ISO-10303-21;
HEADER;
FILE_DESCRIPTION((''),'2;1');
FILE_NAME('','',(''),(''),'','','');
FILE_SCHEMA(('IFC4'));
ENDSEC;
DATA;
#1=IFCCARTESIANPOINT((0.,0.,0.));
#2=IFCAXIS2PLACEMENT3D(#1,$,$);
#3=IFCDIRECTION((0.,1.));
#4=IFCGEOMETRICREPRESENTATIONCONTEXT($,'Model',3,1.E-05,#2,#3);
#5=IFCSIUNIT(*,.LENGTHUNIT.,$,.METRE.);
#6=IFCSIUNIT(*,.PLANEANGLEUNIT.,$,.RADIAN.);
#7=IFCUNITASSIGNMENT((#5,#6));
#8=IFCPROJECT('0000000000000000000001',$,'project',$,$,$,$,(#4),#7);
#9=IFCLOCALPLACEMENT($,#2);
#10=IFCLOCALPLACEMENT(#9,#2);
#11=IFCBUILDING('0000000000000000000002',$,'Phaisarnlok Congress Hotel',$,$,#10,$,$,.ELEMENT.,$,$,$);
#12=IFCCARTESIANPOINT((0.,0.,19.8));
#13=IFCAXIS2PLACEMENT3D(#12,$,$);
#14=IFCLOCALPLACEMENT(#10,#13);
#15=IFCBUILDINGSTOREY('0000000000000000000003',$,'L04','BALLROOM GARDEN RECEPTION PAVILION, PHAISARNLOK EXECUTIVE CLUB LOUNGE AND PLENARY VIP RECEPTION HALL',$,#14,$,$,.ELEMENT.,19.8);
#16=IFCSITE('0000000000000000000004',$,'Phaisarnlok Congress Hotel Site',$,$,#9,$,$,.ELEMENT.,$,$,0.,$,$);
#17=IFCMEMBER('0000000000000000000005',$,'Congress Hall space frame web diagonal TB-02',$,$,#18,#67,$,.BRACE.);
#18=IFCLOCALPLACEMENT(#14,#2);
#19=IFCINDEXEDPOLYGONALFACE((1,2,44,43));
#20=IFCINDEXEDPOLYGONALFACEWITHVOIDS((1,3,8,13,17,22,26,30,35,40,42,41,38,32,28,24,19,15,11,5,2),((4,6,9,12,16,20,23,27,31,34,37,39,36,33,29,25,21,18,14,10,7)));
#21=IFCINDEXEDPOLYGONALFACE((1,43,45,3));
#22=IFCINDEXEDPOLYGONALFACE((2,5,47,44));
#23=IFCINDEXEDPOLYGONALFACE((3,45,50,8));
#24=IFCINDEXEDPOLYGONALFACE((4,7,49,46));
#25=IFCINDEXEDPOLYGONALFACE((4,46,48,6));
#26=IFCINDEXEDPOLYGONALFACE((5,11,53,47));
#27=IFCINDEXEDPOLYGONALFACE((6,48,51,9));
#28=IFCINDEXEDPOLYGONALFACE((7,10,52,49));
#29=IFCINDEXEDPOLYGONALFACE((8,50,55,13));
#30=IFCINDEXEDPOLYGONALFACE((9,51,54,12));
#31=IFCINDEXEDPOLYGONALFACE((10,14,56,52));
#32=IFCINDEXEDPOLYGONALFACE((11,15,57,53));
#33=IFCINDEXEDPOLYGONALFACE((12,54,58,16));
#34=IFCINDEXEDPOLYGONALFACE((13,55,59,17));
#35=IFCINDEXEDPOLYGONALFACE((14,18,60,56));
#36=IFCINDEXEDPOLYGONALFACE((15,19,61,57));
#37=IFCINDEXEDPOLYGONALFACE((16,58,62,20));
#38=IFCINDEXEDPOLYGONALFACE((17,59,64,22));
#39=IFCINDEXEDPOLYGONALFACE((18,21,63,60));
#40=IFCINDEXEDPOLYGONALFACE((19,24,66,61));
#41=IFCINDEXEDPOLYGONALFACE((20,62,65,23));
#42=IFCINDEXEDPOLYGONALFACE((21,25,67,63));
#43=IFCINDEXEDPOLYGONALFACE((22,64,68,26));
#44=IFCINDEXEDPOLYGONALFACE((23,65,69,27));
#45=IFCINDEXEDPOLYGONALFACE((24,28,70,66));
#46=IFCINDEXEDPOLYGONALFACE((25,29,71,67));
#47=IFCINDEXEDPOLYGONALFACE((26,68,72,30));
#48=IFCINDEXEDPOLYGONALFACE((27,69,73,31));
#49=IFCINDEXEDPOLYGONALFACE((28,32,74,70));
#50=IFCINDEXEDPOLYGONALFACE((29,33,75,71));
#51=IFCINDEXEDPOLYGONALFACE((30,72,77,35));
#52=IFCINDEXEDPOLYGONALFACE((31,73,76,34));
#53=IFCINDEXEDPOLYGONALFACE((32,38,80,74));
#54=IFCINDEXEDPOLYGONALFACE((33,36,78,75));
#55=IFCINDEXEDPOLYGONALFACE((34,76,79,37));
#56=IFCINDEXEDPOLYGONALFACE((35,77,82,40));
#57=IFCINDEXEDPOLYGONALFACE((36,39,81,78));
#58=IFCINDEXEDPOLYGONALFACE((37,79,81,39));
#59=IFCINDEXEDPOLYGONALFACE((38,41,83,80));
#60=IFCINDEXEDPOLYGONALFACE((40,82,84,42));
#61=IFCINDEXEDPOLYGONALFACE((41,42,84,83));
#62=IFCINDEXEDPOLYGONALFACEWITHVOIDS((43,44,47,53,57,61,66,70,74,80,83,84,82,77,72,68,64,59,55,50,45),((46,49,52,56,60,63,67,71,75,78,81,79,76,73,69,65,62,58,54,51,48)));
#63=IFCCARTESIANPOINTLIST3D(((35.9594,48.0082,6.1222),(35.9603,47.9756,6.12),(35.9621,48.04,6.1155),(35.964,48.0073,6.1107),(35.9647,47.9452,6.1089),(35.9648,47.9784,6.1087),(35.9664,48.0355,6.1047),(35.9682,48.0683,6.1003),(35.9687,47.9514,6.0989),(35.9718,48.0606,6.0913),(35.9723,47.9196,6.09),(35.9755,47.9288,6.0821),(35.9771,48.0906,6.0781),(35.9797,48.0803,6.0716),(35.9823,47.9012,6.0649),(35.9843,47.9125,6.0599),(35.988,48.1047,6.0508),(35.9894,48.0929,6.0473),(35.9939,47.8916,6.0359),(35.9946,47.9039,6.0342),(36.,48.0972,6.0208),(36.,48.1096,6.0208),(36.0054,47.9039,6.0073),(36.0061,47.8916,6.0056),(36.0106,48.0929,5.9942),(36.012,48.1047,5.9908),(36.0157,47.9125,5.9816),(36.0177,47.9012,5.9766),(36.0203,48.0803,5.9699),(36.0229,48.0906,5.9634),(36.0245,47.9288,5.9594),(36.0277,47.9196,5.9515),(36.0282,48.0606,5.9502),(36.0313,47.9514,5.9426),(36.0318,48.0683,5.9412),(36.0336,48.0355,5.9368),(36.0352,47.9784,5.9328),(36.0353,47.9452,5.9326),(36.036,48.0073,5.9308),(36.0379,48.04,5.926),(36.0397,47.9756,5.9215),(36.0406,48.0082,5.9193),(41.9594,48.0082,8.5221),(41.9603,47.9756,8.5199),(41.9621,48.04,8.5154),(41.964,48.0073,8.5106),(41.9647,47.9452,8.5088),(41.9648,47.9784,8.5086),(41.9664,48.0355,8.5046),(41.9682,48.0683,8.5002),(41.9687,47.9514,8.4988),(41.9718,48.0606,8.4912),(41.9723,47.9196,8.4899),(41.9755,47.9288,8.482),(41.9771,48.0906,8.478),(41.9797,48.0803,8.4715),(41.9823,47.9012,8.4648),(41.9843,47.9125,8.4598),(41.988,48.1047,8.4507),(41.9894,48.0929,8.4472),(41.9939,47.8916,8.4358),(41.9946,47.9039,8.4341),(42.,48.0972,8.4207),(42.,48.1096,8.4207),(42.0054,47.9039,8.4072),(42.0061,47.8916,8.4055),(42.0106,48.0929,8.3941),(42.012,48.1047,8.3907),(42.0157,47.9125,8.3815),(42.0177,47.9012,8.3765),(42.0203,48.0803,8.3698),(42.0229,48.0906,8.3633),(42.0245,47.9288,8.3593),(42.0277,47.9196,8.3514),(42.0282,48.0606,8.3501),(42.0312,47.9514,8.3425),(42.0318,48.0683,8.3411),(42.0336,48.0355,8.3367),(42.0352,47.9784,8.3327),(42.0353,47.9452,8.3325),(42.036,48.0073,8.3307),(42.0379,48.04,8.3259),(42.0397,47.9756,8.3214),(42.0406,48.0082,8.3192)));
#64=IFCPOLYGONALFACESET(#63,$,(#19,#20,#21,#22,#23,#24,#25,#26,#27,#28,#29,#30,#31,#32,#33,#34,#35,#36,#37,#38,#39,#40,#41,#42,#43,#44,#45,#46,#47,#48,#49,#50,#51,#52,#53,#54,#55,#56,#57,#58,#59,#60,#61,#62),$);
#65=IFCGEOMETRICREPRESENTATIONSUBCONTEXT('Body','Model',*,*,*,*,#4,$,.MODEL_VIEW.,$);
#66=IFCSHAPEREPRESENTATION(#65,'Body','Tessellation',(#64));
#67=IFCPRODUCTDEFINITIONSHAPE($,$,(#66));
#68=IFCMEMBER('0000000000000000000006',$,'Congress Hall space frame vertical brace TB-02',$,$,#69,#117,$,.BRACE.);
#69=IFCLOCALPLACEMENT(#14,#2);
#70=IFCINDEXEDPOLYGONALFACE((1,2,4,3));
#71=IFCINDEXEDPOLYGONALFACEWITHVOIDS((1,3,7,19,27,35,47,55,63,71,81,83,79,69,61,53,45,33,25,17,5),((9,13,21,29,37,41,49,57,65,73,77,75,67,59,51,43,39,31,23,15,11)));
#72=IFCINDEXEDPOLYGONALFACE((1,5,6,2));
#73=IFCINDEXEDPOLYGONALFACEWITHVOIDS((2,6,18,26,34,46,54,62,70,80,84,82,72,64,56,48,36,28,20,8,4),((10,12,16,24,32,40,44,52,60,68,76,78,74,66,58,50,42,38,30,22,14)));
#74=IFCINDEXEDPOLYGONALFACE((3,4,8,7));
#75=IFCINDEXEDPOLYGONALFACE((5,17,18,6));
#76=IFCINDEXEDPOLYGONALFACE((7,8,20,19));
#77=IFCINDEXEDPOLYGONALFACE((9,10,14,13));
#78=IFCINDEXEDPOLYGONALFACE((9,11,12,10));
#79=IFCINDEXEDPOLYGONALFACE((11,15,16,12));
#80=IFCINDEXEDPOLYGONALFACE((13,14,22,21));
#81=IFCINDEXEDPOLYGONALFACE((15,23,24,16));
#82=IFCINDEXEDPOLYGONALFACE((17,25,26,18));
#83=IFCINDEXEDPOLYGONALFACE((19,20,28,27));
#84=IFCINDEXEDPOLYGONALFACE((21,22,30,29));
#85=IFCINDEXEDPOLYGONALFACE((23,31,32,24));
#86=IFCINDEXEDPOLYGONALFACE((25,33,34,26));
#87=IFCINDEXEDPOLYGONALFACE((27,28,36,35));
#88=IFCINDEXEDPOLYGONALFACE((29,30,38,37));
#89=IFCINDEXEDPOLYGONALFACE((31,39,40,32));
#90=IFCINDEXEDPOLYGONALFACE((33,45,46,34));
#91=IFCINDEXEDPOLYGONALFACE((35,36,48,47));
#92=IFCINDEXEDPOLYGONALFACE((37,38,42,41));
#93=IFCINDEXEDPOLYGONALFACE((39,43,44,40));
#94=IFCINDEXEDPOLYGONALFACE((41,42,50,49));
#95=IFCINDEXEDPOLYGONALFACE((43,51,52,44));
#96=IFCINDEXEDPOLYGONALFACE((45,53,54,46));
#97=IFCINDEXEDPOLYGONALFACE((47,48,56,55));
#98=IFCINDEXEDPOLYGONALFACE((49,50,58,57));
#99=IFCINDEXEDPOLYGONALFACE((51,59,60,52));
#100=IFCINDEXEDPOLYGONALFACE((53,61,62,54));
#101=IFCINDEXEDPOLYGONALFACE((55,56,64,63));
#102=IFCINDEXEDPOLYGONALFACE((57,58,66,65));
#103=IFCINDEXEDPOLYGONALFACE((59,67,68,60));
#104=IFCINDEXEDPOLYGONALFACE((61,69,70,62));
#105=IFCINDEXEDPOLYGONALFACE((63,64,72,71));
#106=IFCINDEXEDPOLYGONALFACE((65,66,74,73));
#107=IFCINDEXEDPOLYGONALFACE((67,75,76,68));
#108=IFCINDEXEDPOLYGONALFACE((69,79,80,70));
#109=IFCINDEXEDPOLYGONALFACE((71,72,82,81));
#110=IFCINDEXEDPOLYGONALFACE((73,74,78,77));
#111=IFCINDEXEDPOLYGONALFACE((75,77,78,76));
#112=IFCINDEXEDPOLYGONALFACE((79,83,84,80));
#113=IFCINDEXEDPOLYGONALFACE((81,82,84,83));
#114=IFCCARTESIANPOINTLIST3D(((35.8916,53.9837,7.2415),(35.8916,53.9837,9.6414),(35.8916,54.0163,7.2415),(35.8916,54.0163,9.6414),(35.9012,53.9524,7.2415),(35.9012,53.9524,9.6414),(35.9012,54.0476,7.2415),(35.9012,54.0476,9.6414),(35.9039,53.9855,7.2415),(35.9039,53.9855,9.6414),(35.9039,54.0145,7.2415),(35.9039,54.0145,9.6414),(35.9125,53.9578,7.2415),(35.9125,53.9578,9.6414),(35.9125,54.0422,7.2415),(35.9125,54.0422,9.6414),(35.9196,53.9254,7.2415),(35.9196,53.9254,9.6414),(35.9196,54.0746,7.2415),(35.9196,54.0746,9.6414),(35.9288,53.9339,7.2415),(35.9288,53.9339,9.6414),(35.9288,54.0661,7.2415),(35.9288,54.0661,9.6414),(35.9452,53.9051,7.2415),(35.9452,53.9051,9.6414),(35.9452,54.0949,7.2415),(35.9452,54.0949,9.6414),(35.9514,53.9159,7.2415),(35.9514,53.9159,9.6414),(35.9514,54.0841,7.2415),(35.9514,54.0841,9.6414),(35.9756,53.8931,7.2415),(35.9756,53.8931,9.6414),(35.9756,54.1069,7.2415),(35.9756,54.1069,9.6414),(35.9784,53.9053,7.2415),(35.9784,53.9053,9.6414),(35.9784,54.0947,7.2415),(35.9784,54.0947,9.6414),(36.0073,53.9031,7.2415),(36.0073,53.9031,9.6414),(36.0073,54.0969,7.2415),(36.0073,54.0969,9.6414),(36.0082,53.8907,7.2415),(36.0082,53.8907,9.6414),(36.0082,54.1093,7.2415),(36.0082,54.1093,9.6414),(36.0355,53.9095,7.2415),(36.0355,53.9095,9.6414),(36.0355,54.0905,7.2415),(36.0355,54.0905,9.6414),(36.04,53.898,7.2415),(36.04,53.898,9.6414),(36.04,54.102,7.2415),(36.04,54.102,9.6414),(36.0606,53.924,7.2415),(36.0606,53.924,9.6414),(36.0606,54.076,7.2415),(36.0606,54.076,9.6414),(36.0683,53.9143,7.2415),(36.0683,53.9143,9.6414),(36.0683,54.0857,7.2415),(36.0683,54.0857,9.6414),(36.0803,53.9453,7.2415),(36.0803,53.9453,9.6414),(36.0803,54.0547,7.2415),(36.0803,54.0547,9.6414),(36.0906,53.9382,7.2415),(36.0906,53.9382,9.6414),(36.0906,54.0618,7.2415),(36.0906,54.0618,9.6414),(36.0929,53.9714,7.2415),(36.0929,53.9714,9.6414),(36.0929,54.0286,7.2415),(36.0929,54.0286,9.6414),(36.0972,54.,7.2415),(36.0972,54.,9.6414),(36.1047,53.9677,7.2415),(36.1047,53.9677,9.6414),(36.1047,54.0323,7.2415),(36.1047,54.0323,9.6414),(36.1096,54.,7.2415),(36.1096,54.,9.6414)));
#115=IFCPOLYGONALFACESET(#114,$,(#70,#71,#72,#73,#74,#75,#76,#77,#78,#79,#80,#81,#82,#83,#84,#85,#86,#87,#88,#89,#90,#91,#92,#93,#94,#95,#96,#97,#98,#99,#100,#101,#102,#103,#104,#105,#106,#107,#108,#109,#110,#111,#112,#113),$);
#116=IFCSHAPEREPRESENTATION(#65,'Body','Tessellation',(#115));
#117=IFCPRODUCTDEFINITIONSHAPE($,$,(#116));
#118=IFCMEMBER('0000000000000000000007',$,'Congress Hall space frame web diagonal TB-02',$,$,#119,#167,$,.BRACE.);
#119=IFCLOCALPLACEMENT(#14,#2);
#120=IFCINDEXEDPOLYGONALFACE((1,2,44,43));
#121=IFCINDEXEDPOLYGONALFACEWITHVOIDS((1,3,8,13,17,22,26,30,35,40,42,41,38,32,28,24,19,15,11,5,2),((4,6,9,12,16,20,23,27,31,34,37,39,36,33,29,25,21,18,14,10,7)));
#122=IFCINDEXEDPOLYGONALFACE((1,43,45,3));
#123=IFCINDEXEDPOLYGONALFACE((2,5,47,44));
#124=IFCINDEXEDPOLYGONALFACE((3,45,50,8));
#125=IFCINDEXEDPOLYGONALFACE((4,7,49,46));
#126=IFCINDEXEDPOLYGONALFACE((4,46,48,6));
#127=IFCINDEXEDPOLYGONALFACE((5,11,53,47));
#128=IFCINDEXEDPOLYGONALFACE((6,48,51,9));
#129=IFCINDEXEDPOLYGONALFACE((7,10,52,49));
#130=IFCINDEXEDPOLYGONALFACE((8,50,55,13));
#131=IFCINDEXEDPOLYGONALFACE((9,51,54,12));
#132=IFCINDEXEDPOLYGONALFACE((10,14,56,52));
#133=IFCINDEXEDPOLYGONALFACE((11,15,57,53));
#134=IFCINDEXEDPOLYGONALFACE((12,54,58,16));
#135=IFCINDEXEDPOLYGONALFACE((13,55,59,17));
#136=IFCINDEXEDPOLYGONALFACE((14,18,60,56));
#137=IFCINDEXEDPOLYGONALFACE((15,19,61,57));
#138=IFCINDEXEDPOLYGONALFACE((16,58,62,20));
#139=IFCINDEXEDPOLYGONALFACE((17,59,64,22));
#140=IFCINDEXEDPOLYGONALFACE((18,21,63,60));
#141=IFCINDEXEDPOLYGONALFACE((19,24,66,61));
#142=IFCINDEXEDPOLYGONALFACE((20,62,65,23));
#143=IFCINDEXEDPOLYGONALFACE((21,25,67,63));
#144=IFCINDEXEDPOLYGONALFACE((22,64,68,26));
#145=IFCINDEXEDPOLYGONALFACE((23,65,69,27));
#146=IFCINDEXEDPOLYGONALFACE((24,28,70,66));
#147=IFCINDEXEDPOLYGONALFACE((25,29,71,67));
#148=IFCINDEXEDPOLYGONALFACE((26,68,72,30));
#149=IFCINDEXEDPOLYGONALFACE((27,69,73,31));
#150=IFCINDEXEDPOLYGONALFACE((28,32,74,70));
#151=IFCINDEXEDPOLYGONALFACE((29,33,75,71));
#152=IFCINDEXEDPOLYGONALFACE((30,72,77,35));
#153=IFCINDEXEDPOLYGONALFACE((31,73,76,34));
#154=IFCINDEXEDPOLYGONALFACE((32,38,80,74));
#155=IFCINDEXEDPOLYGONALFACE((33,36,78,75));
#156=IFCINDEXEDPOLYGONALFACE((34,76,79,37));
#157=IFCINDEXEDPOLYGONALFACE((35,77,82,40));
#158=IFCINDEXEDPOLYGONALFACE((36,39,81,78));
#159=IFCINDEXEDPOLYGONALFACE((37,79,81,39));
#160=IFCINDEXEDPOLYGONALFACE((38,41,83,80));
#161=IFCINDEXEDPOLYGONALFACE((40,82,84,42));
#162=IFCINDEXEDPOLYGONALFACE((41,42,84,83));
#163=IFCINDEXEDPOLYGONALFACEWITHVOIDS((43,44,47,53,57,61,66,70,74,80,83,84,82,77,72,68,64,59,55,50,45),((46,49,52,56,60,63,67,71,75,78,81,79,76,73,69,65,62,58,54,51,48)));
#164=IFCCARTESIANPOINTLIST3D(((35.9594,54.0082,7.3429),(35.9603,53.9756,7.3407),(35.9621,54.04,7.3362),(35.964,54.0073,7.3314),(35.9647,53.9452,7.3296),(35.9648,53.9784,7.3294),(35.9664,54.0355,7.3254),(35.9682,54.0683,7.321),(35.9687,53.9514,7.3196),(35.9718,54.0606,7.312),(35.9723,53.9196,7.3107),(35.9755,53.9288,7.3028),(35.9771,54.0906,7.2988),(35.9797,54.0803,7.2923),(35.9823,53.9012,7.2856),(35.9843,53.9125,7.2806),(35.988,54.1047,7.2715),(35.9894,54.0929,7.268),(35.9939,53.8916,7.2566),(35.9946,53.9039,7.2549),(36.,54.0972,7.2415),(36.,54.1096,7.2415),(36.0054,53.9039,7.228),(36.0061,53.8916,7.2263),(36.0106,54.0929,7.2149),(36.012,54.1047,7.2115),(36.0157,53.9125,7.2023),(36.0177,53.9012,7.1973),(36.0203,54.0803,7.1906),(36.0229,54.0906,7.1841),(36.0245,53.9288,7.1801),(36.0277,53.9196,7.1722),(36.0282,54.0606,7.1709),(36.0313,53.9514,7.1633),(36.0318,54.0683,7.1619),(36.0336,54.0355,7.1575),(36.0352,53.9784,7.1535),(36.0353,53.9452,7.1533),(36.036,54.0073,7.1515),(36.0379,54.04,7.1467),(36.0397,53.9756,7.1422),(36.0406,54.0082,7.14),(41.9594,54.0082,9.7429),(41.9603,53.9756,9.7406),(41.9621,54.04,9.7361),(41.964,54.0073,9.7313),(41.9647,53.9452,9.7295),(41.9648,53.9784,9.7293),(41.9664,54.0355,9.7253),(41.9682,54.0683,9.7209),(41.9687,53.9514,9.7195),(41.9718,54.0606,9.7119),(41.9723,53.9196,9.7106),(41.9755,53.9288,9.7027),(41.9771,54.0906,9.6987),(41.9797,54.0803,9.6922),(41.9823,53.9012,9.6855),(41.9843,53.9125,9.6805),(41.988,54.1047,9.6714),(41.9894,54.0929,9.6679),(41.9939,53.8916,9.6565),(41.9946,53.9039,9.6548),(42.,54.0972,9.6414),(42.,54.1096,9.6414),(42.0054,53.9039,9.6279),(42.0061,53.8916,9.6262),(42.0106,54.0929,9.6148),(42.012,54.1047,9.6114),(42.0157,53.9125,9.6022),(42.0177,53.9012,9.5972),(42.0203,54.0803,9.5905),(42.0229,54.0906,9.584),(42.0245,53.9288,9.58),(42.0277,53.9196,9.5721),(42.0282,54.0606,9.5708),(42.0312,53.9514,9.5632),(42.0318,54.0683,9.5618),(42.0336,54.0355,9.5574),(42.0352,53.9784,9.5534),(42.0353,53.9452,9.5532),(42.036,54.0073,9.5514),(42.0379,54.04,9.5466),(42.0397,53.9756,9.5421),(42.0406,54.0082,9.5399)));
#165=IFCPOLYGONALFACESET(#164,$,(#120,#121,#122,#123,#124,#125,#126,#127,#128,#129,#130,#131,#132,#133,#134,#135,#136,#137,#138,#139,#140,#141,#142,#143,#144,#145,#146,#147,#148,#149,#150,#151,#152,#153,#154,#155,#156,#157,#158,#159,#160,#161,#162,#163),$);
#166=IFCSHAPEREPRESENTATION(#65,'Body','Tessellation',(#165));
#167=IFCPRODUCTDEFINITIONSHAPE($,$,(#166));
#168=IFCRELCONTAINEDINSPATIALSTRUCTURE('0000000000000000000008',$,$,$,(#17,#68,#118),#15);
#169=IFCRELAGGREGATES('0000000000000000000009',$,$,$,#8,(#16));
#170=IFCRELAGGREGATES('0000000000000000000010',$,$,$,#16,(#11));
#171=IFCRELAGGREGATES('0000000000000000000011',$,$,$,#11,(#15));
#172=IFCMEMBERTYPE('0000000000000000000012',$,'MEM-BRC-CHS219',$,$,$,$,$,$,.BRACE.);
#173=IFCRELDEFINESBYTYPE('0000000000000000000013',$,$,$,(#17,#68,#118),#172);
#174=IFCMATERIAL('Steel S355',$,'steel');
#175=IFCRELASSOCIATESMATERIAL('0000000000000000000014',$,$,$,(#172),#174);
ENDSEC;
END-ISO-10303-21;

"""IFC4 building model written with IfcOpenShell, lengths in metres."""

from ifc_helpers import new_model, si_unit, direction, frame, origin, origin_2d, place, context, subcontext, project, spatial, hollow_circle, extrude, material, material_profile, profile_set, type_object, element, save


model = new_model("IFC4")

# Units and contexts
model_context = context("Model", 3, precision=1e-05, world=origin(), true_north=direction((0.0, 1.0)))
body_context = subcontext(model_context, "Body", "Model", "MODEL_VIEW")
ifc_project = project(units=[si_unit("LENGTHUNIT", "METRE"), si_unit("PLANEANGLEUNIT", "RADIAN")], contexts=[model_context])

# Site, building, storey
site_placement = place(None, origin())
site = spatial("IfcSite", under=ifc_project, at=site_placement, Name="Phaisarnlok Congress Hotel Site", CompositionType="ELEMENT", RefElevation=0.0)
building_placement = place(site_placement, origin())
building = spatial("IfcBuilding", under=site, at=building_placement, Name="Phaisarnlok Congress Hotel", CompositionType="ELEMENT")
storey_placement = place(building_placement, frame((0.0, 0.0, 19.8)))
storey = spatial("IfcBuildingStorey", under=building, at=storey_placement, Name="L04", Description="BALLROOM GARDEN RECEPTION PAVILION, PHAISARNLOK EXECUTIVE CLUB LOUNGE AND PLENARY VIP RECEPTION HALL", CompositionType="ELEMENT", Elevation=19.8)

# Members
ifc_material = material(Name="Steel S355", Category="steel")
ifc_material_profile_1 = material_profile(ifc_material, hollow_circle(Radius=0.1096, WallThickness=0.0125, at=origin_2d()), Name="CHS 219.1x12.5")
ifc_profile_set_1 = profile_set([ifc_material_profile_1], Name="Steel S355")
member_type_1 = type_object("IfcMemberType", Name="MEM-BRC-CHS219", PredefinedType="BRACE", material=ifc_profile_set_1)
member_1_placement = place(storey_placement, frame((36.0, 48.0, 6.0208), z_axis=(0.928482, 0.0, 0.371378), x_axis=(0.0, 1.0, 0.0)))
element("IfcMember", 1, at=member_1_placement, inside=storey, type_object=member_type_1, Name="Congress Hall space frame web diagonal TB-02", PredefinedType="BRACE", context=body_context, shape_type="SweptSolid", body=[
    extrude(hollow_circle(Radius=0.1096, WallThickness=0.0125, at=origin_2d()), origin(), (0.0, 0.0, 1.0), 6.4622),
])
member_2_placement = place(storey_placement, frame((36.0, 54.0, 7.2415), z_axis=(0.0, 0.0, 1.0), x_axis=(1.0, 0.0, 0.0)))
element("IfcMember", 2, at=member_2_placement, inside=storey, type_object=member_type_1, Name="Congress Hall space frame vertical brace TB-02", PredefinedType="BRACE", context=body_context, shape_type="SweptSolid", body=[
    extrude(hollow_circle(Radius=0.1096, WallThickness=0.0125, at=origin_2d()), origin(), (0.0, 0.0, 1.0), 2.3999),
])
member_3_placement = place(storey_placement, frame((36.0, 54.0, 7.2415), z_axis=(0.928482, 0.0, 0.371378), x_axis=(0.0, 1.0, 0.0)))
element("IfcMember", 3, at=member_3_placement, inside=storey, type_object=member_type_1, Name="Congress Hall space frame web diagonal TB-02", PredefinedType="BRACE", context=body_context, shape_type="SweptSolid", body=[
    extrude(hollow_circle(Radius=0.1096, WallThickness=0.0125, at=origin_2d()), origin(), (0.0, 0.0, 1.0), 6.4622),
])

save(model, "model.ifc")
